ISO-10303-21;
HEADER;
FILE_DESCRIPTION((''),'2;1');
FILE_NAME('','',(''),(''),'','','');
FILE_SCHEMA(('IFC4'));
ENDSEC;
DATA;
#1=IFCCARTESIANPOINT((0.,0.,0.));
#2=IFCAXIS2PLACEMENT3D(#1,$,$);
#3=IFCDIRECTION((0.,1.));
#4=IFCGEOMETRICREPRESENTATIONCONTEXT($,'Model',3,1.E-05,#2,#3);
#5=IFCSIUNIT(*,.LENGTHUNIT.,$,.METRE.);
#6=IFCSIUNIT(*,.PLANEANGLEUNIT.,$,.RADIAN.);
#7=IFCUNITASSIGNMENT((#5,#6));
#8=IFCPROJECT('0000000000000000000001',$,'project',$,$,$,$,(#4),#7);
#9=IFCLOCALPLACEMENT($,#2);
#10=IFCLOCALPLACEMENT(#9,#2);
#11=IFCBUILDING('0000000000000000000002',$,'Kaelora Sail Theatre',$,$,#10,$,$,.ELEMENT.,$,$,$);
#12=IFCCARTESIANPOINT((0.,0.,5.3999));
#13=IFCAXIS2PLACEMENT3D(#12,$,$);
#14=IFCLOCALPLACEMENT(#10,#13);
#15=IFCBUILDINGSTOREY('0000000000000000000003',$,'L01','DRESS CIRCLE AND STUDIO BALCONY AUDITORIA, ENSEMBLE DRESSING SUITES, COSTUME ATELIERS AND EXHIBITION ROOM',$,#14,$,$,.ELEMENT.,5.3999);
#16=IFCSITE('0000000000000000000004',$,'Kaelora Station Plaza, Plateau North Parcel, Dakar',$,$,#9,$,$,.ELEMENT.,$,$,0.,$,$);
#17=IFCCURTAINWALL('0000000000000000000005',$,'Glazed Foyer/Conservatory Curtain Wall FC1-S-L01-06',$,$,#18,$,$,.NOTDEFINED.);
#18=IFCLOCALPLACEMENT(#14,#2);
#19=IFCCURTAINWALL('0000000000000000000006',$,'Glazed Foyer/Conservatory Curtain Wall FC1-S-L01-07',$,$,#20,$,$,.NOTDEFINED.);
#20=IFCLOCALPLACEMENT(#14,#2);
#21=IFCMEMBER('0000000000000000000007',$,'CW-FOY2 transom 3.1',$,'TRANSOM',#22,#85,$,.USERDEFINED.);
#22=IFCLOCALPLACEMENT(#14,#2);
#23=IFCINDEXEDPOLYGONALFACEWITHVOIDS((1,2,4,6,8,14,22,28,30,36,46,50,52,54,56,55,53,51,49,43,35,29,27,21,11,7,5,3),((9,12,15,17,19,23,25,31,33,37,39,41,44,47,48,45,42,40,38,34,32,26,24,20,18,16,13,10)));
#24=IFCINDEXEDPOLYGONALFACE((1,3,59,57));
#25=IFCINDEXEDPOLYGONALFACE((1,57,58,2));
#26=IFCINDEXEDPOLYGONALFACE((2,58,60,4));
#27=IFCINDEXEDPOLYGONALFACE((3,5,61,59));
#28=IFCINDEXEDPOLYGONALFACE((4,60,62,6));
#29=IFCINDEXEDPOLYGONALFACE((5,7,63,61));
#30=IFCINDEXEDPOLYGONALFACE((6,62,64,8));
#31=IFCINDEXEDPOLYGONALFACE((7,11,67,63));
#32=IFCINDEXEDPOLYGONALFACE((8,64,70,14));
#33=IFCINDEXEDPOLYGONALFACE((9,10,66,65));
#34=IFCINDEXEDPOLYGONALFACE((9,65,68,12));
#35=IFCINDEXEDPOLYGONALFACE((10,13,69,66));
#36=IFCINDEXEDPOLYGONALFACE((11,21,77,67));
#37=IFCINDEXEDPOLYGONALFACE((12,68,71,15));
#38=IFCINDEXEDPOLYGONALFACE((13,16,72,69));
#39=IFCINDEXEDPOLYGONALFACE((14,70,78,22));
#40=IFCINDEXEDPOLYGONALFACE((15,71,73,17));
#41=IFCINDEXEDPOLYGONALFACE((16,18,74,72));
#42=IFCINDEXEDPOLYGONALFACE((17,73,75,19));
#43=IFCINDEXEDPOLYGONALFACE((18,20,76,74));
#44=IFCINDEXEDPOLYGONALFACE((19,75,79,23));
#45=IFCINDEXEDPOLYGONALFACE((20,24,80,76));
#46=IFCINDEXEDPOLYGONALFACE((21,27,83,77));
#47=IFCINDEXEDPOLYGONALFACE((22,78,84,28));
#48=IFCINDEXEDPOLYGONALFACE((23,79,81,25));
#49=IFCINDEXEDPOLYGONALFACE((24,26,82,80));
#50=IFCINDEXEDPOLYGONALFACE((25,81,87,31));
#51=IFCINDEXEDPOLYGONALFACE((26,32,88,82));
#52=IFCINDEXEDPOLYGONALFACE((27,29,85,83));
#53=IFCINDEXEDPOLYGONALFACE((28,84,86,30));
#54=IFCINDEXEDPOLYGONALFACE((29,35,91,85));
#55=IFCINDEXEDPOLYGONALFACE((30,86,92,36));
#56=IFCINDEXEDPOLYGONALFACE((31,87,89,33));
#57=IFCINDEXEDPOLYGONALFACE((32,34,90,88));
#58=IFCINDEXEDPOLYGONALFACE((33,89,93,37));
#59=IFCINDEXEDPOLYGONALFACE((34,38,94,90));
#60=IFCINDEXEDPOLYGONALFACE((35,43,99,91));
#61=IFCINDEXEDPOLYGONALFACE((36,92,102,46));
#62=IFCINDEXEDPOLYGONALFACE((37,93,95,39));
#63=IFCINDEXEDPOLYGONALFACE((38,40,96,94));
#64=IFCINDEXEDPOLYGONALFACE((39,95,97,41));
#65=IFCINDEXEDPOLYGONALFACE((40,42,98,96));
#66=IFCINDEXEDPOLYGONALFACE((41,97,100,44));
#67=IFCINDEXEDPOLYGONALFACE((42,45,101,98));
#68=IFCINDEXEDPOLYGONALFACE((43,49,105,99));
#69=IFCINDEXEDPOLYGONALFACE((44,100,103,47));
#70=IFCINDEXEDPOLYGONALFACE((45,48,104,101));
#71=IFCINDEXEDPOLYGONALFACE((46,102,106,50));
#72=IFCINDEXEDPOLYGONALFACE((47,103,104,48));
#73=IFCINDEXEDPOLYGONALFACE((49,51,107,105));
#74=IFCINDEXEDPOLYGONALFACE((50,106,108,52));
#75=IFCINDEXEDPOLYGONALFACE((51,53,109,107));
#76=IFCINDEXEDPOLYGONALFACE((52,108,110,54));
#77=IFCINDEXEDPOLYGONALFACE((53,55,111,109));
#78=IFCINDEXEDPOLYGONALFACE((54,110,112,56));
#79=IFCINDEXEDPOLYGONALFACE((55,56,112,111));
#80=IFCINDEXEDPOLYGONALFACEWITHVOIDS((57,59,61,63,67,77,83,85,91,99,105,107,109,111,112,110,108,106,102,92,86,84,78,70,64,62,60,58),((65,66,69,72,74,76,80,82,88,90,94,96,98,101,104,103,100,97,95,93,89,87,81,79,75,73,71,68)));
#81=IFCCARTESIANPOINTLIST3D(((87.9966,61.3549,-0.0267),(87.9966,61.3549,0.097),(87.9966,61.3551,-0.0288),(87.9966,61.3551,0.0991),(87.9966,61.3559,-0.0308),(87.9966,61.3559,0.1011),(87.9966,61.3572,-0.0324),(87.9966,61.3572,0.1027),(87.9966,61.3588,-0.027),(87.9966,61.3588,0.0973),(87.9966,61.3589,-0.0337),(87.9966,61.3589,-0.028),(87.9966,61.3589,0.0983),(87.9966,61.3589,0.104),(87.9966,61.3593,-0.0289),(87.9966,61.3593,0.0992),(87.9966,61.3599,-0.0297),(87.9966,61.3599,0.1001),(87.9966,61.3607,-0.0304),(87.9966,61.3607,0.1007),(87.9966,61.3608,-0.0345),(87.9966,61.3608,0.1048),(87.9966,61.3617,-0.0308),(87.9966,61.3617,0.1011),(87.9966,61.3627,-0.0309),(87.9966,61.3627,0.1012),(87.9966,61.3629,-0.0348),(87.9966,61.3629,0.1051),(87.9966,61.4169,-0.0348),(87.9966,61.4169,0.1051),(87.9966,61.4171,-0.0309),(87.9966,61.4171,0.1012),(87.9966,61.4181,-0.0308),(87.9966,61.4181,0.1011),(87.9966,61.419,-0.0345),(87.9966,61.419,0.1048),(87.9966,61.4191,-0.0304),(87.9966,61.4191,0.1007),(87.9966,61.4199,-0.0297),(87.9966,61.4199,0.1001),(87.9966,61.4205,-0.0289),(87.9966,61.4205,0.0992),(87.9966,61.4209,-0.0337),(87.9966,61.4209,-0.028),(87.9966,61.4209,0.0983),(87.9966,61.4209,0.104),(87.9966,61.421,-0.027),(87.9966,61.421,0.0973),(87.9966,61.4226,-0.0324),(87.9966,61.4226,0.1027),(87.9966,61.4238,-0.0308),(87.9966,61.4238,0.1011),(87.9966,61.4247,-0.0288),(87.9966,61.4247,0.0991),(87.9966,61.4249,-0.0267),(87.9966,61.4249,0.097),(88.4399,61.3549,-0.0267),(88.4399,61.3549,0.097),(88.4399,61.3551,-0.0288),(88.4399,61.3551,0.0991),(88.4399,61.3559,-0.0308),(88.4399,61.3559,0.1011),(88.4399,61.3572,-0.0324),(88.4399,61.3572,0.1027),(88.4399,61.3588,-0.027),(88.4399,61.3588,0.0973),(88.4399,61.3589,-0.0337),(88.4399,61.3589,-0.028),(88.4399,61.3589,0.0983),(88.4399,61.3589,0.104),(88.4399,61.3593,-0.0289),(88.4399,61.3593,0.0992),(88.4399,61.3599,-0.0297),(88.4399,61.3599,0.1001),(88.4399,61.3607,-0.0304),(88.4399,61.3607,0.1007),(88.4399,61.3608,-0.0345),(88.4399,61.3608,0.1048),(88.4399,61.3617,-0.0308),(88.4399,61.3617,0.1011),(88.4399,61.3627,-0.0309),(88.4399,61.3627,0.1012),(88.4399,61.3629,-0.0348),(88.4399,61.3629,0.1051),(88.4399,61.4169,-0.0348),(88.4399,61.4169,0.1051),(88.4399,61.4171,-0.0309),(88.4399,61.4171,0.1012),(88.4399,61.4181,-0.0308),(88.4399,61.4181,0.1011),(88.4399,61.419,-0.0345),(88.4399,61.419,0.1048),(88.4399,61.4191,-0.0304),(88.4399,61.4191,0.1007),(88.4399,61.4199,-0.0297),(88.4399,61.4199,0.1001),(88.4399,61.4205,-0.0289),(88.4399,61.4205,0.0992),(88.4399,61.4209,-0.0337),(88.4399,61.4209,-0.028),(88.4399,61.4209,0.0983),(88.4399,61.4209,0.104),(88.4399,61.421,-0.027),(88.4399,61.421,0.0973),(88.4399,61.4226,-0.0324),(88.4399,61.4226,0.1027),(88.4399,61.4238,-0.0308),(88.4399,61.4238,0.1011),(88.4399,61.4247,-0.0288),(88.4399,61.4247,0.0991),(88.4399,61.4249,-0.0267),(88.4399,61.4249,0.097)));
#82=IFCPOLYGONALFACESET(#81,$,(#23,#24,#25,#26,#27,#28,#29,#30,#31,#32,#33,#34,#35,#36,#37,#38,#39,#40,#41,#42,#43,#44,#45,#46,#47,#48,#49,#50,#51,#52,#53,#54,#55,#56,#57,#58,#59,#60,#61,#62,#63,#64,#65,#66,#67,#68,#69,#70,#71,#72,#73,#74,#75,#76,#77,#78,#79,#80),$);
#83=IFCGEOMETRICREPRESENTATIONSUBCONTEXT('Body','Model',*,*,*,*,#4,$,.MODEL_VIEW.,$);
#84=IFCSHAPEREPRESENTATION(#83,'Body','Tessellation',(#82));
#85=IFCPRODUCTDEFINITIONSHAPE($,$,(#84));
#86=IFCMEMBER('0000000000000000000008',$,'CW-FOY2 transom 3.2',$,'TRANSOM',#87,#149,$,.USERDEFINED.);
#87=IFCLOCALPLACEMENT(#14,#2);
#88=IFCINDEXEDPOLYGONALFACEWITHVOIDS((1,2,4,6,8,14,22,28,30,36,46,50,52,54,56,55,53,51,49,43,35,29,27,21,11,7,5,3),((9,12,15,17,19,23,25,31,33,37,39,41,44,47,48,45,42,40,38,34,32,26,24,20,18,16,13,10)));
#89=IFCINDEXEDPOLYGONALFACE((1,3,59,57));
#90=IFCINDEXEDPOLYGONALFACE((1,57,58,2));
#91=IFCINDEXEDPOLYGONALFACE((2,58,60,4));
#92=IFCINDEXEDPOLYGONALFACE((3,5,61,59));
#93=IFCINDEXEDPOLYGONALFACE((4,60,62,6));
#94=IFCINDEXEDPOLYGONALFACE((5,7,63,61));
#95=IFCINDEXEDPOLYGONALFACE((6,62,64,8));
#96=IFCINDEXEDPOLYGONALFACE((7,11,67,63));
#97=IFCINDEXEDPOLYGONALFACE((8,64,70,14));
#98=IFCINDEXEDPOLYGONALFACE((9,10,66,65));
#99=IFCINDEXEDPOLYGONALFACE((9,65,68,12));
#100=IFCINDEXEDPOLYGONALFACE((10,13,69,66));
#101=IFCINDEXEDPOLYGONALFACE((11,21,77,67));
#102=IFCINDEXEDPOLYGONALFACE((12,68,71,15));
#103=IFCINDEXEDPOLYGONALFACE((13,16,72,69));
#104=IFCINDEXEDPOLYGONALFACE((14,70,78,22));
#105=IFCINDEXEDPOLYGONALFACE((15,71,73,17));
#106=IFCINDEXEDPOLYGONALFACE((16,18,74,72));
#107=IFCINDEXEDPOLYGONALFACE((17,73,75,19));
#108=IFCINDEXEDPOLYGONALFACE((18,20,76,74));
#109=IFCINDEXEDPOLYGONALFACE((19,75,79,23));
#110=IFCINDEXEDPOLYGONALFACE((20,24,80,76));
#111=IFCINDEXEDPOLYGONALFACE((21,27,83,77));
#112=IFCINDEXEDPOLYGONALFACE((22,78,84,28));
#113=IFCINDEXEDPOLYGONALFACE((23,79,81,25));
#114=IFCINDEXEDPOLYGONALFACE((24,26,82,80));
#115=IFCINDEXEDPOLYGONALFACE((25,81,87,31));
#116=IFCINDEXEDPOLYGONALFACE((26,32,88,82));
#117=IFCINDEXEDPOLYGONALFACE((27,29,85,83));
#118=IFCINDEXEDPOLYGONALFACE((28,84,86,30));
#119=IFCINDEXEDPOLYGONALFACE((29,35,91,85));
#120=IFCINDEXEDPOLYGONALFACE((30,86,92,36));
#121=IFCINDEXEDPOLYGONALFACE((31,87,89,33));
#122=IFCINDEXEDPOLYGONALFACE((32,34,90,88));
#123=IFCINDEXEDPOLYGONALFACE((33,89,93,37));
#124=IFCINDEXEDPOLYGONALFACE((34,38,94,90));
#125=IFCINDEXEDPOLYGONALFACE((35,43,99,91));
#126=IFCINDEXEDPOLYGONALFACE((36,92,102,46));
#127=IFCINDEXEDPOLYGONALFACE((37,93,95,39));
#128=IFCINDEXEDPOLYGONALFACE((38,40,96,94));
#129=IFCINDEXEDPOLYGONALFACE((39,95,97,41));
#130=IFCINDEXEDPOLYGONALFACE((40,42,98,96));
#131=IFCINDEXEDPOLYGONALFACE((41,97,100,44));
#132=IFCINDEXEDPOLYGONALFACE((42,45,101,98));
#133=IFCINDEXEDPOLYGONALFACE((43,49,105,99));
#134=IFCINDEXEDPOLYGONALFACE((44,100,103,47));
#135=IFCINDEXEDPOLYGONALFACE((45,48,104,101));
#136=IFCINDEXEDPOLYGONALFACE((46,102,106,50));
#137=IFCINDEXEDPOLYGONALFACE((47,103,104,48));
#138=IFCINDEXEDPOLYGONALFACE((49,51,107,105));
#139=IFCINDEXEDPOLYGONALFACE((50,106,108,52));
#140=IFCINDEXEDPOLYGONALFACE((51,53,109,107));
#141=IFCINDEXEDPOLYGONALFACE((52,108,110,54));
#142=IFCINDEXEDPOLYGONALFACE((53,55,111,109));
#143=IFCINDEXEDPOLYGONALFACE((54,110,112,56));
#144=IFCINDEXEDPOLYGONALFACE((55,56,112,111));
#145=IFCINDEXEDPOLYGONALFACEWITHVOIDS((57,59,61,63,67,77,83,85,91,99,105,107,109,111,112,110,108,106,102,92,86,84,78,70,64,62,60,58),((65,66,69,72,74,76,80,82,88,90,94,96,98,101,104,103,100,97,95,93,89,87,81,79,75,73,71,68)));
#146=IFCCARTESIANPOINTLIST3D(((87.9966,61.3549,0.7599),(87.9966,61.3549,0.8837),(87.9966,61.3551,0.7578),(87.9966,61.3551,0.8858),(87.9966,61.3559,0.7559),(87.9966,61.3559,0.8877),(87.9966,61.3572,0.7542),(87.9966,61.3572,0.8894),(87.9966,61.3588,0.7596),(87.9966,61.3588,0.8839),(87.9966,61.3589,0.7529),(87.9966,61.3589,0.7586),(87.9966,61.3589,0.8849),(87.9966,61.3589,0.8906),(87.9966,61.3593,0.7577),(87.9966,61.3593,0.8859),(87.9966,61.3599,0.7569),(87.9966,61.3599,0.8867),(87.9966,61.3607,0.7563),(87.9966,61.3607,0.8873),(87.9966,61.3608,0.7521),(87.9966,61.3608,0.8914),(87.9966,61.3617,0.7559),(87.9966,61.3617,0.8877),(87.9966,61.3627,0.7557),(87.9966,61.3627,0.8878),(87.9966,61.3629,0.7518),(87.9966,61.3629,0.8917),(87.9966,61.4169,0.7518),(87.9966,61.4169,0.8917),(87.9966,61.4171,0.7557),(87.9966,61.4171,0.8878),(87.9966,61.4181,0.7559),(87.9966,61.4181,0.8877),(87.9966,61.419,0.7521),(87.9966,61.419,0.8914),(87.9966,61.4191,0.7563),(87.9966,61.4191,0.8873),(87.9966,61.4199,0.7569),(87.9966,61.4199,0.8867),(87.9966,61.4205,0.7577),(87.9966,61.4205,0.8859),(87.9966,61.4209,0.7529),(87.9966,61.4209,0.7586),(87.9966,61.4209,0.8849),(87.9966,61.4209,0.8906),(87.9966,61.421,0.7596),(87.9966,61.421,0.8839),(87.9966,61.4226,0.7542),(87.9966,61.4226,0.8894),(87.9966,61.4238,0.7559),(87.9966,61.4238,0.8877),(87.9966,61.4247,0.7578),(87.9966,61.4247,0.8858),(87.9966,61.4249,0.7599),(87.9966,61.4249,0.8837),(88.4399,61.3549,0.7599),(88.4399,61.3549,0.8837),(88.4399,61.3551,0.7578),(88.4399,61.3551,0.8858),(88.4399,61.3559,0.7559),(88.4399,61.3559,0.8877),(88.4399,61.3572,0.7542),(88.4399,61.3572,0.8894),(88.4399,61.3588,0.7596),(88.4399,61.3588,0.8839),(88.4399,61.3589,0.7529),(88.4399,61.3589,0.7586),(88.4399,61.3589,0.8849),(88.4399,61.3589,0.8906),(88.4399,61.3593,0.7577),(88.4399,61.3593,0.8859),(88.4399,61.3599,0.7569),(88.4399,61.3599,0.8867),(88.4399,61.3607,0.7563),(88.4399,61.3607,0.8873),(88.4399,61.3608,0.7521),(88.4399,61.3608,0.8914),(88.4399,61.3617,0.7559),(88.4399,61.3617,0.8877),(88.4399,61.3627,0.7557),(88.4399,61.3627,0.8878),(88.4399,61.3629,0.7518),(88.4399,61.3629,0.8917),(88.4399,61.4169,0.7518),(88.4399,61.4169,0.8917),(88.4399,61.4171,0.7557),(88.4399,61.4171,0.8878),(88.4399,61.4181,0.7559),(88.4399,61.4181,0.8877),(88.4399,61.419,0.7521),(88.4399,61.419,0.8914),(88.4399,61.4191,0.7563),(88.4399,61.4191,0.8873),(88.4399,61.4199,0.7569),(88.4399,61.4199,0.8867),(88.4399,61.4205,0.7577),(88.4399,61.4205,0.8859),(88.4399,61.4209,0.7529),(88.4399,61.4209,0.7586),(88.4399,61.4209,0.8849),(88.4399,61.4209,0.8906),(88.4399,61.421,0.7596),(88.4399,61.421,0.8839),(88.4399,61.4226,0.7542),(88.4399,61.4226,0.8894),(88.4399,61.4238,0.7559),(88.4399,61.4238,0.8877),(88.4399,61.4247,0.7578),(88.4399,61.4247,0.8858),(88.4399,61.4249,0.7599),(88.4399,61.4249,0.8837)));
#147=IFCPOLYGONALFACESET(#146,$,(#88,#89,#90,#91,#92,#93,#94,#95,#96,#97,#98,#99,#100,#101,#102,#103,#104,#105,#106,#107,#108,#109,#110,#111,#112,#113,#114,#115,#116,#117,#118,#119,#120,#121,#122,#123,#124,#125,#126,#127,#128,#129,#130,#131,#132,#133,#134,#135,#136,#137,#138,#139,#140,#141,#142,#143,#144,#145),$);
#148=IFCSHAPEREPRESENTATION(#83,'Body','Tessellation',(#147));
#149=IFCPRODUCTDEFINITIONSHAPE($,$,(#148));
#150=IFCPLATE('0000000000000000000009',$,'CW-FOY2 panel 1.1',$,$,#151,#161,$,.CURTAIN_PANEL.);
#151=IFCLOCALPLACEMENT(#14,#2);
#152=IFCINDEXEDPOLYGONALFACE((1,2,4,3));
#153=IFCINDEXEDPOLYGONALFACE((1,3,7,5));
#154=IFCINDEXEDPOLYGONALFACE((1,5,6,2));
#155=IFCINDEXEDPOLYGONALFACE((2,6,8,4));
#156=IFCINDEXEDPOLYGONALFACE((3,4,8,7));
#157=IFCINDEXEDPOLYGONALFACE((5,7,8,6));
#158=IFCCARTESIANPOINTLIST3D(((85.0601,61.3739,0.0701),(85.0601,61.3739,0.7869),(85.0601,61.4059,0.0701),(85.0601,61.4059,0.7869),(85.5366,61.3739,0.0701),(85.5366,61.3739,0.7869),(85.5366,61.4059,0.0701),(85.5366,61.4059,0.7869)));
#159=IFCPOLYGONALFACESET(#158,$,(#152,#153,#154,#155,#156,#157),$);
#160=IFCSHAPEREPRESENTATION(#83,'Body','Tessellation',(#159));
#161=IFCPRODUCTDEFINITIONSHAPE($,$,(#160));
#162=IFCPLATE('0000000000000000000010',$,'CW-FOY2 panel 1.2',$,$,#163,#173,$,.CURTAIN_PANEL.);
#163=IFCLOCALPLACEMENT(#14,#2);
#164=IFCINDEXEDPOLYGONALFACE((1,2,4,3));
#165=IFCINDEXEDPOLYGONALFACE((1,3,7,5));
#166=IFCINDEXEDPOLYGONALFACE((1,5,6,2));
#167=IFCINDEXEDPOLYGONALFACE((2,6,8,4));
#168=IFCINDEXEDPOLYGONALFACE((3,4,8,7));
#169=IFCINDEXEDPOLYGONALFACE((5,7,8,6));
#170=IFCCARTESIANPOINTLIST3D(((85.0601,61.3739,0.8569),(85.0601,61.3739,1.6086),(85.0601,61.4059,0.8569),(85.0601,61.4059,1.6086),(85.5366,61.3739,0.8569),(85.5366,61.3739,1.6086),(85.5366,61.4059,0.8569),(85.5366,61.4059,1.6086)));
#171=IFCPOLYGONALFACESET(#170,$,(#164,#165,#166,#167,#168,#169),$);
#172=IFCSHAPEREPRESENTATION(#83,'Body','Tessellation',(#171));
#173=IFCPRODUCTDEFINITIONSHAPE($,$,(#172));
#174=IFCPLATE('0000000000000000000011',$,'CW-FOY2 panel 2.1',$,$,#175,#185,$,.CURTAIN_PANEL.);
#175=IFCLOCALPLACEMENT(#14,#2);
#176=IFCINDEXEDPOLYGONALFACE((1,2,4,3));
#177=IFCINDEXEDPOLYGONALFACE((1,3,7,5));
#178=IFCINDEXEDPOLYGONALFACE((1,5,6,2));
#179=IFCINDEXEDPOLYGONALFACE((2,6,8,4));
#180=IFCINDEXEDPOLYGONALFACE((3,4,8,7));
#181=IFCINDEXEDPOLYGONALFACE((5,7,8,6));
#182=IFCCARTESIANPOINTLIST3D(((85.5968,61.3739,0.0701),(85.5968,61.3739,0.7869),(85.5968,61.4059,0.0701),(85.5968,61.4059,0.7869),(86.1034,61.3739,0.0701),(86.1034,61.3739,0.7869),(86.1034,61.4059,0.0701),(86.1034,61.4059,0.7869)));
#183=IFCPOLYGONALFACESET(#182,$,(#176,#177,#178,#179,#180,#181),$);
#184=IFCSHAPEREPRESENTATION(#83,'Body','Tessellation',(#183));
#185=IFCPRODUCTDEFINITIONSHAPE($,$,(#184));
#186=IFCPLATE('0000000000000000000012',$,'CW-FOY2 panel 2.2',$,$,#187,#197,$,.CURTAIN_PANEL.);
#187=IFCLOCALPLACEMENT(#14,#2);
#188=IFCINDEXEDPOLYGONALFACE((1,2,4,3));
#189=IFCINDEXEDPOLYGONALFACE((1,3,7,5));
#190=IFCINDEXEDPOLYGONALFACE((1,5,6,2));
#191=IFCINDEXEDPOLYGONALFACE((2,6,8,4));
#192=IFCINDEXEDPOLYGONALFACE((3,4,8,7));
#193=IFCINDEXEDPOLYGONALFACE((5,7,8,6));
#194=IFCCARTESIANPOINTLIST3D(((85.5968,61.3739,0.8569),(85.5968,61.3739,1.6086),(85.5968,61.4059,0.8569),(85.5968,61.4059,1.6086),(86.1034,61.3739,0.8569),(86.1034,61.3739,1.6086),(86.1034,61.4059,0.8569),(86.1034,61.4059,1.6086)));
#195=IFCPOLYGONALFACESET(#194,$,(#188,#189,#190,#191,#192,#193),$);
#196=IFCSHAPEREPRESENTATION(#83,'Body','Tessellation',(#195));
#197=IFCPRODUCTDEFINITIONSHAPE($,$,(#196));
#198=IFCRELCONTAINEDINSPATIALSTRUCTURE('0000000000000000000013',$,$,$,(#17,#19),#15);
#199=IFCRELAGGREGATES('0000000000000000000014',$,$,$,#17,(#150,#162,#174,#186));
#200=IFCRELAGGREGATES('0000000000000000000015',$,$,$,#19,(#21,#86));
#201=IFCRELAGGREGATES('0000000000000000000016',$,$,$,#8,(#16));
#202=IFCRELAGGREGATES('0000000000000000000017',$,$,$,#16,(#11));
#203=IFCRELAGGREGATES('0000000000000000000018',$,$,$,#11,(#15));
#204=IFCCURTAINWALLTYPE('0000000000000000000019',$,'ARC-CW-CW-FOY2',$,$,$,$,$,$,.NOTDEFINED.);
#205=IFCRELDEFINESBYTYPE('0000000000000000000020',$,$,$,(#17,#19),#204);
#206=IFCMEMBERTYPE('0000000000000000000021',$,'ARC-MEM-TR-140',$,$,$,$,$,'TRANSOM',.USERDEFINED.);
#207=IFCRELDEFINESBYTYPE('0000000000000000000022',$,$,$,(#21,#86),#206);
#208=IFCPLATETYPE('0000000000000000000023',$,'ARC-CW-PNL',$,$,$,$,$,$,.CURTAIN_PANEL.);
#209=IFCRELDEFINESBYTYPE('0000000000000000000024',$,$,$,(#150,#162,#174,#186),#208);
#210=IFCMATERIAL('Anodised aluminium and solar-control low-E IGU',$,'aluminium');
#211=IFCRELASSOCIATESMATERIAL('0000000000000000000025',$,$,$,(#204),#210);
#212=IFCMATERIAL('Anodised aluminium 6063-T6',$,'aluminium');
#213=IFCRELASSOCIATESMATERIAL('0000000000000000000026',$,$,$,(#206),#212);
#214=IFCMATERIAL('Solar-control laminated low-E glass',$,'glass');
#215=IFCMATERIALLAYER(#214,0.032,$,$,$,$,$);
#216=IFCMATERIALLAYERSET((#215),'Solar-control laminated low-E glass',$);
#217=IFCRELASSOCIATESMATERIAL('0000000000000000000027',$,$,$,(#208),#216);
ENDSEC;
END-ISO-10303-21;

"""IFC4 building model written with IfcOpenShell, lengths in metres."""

from ifc_helpers import new_model, si_unit, direction, frame, origin, origin_2d, place, context, subcontext, project, spatial, rectangle, hollow_rectangle, extrude, material, layer, layer_set, material_profile, profile_set, type_object, element, aggregate, save


model = new_model("IFC4")

# Units and contexts
model_context = context("Model", 3, precision=1e-05, world=origin(), true_north=direction((0.0, 1.0)))
body_context = subcontext(model_context, "Body", "Model", "MODEL_VIEW")
ifc_project = project(units=[si_unit("LENGTHUNIT", "METRE"), si_unit("PLANEANGLEUNIT", "RADIAN")], contexts=[model_context])

# Site, building, storey
site_placement = place(None, origin())
site = spatial("IfcSite", under=ifc_project, at=site_placement, Name="Kaelora Station Plaza, Plateau North Parcel, Dakar", CompositionType="ELEMENT", RefElevation=0.0)
building_placement = place(site_placement, origin())
building = spatial("IfcBuilding", under=site, at=building_placement, Name="Kaelora Sail Theatre", CompositionType="ELEMENT")
storey_placement = place(building_placement, frame((0.0, 0.0, 5.3999)))
storey = spatial("IfcBuildingStorey", under=building, at=storey_placement, Name="L01", Description="DRESS CIRCLE AND STUDIO BALCONY AUDITORIA, ENSEMBLE DRESSING SUITES, COSTUME ATELIERS AND EXHIBITION ROOM", CompositionType="ELEMENT", Elevation=5.3999)

# Curtain walls
ifc_material_1 = material(Name="Anodised aluminium and solar-control low-E IGU", Category="aluminium")
curtain_wall_type = type_object("IfcCurtainWallType", Name="ARC-CW-CW-FOY2", PredefinedType="NOTDEFINED", material=ifc_material_1)
curtain_wall_1_placement = place(storey_placement, origin())
curtain_wall_1 = element("IfcCurtainWall", 1, at=curtain_wall_1_placement, inside=storey, type_object=curtain_wall_type, Name="Glazed Foyer/Conservatory Curtain Wall FC1-S-L01-06", PredefinedType="NOTDEFINED")
curtain_wall_2_placement = place(storey_placement, origin())
curtain_wall_2 = element("IfcCurtainWall", 2, at=curtain_wall_2_placement, inside=storey, type_object=curtain_wall_type, Name="Glazed Foyer/Conservatory Curtain Wall FC1-S-L01-07", PredefinedType="NOTDEFINED")

# Members
ifc_material_2 = material(Name="Anodised aluminium 6063-T6", Category="aluminium")
ifc_material_profile_1 = material_profile(ifc_material_2, hollow_rectangle(XDim=0.0701, YDim=0.1399, WallThickness=0.0039, InnerFilletRadius=0.0039, OuterFilletRadius=0.0081, at=origin_2d()), Name="ALU-TRAN 70x140x4")
ifc_profile_set_1 = profile_set([ifc_material_profile_1], Name="Anodised aluminium 6063-T6")
member_type_1 = type_object("IfcMemberType", Name="ARC-MEM-TR-140", ElementType="TRANSOM", PredefinedType="USERDEFINED", material=ifc_profile_set_1)
member_1_placement = place(storey_placement, frame((87.9966, 61.3899, 0.0352), z_axis=(1.0, 0.0, 0.0), x_axis=(0.0, 1.0, 0.0)))
member_1 = element("IfcMember", 3, at=member_1_placement, type_object=member_type_1, Name="CW-FOY2 transom 3.1", ObjectType="TRANSOM", PredefinedType="USERDEFINED", context=body_context, shape_type="SweptSolid", body=[
    extrude(hollow_rectangle(XDim=0.0701, YDim=0.1399, WallThickness=0.0039, InnerFilletRadius=0.0039, OuterFilletRadius=0.0081, at=origin_2d()), origin(), (0.0, 0.0, 1.0), 0.4434),
])
member_2_placement = place(storey_placement, frame((87.9966, 61.3899, 0.8218), z_axis=(1.0, 0.0, 0.0), x_axis=(0.0, 1.0, 0.0)))
member_2 = element("IfcMember", 4, at=member_2_placement, type_object=member_type_1, Name="CW-FOY2 transom 3.2", ObjectType="TRANSOM", PredefinedType="USERDEFINED", context=body_context, shape_type="SweptSolid", body=[
    extrude(hollow_rectangle(XDim=0.0701, YDim=0.1399, WallThickness=0.0039, InnerFilletRadius=0.0039, OuterFilletRadius=0.0081, at=origin_2d()), origin(), (0.0, 0.0, 1.0), 0.4434),
])

# Plates
ifc_material_3 = material(Name="Solar-control laminated low-E glass", Category="glass")
ifc_layer = layer(ifc_material_3, 0.032)
ifc_layer_set = layer_set([ifc_layer], Name="Solar-control laminated low-E glass")
plate_type = type_object("IfcPlateType", Name="ARC-CW-PNL", PredefinedType="CURTAIN_PANEL", material=ifc_layer_set)
plate_1_placement = place(storey_placement, frame((85.2983, 61.3899, 0.0701), z_axis=(0.0, 0.0, 1.0), x_axis=(1.0, 0.0, 0.0)))
plate_1 = element("IfcPlate", 5, at=plate_1_placement, type_object=plate_type, Name="CW-FOY2 panel 1.1", PredefinedType="CURTAIN_PANEL", context=body_context, shape_type="SweptSolid", body=[
    extrude(rectangle(XDim=0.4766, YDim=0.032, at=origin_2d()), origin(), (0.0, 0.0, 1.0), 0.7168),
])
plate_2_placement = place(storey_placement, frame((85.2983, 61.3899, 0.8569), z_axis=(0.0, 0.0, 1.0), x_axis=(1.0, 0.0, 0.0)))
plate_2 = element("IfcPlate", 6, at=plate_2_placement, type_object=plate_type, Name="CW-FOY2 panel 1.2", PredefinedType="CURTAIN_PANEL", context=body_context, shape_type="SweptSolid", body=[
    extrude(rectangle(XDim=0.4766, YDim=0.032, at=origin_2d()), origin(), (0.0, 0.0, 1.0), 0.7517),
])
plate_3_placement = place(storey_placement, frame((85.8501, 61.3899, 0.0701), z_axis=(0.0, 0.0, 1.0), x_axis=(1.0, 0.0, 0.0)))
plate_3 = element("IfcPlate", 7, at=plate_3_placement, type_object=plate_type, Name="CW-FOY2 panel 2.1", PredefinedType="CURTAIN_PANEL", context=body_context, shape_type="SweptSolid", body=[
    extrude(rectangle(XDim=0.5066, YDim=0.032, at=origin_2d()), origin(), (0.0, 0.0, 1.0), 0.7168),
])
plate_4_placement = place(storey_placement, frame((85.8501, 61.3899, 0.8569), z_axis=(0.0, 0.0, 1.0), x_axis=(1.0, 0.0, 0.0)))
plate_4 = element("IfcPlate", 8, at=plate_4_placement, type_object=plate_type, Name="CW-FOY2 panel 2.2", PredefinedType="CURTAIN_PANEL", context=body_context, shape_type="SweptSolid", body=[
    extrude(rectangle(XDim=0.5066, YDim=0.032, at=origin_2d()), origin(), (0.0, 0.0, 1.0), 0.7517),
])
aggregate(curtain_wall_1, [plate_1, plate_2, plate_3, plate_4])
aggregate(curtain_wall_2, [member_1, member_2])

save(model, "model.ifc")
